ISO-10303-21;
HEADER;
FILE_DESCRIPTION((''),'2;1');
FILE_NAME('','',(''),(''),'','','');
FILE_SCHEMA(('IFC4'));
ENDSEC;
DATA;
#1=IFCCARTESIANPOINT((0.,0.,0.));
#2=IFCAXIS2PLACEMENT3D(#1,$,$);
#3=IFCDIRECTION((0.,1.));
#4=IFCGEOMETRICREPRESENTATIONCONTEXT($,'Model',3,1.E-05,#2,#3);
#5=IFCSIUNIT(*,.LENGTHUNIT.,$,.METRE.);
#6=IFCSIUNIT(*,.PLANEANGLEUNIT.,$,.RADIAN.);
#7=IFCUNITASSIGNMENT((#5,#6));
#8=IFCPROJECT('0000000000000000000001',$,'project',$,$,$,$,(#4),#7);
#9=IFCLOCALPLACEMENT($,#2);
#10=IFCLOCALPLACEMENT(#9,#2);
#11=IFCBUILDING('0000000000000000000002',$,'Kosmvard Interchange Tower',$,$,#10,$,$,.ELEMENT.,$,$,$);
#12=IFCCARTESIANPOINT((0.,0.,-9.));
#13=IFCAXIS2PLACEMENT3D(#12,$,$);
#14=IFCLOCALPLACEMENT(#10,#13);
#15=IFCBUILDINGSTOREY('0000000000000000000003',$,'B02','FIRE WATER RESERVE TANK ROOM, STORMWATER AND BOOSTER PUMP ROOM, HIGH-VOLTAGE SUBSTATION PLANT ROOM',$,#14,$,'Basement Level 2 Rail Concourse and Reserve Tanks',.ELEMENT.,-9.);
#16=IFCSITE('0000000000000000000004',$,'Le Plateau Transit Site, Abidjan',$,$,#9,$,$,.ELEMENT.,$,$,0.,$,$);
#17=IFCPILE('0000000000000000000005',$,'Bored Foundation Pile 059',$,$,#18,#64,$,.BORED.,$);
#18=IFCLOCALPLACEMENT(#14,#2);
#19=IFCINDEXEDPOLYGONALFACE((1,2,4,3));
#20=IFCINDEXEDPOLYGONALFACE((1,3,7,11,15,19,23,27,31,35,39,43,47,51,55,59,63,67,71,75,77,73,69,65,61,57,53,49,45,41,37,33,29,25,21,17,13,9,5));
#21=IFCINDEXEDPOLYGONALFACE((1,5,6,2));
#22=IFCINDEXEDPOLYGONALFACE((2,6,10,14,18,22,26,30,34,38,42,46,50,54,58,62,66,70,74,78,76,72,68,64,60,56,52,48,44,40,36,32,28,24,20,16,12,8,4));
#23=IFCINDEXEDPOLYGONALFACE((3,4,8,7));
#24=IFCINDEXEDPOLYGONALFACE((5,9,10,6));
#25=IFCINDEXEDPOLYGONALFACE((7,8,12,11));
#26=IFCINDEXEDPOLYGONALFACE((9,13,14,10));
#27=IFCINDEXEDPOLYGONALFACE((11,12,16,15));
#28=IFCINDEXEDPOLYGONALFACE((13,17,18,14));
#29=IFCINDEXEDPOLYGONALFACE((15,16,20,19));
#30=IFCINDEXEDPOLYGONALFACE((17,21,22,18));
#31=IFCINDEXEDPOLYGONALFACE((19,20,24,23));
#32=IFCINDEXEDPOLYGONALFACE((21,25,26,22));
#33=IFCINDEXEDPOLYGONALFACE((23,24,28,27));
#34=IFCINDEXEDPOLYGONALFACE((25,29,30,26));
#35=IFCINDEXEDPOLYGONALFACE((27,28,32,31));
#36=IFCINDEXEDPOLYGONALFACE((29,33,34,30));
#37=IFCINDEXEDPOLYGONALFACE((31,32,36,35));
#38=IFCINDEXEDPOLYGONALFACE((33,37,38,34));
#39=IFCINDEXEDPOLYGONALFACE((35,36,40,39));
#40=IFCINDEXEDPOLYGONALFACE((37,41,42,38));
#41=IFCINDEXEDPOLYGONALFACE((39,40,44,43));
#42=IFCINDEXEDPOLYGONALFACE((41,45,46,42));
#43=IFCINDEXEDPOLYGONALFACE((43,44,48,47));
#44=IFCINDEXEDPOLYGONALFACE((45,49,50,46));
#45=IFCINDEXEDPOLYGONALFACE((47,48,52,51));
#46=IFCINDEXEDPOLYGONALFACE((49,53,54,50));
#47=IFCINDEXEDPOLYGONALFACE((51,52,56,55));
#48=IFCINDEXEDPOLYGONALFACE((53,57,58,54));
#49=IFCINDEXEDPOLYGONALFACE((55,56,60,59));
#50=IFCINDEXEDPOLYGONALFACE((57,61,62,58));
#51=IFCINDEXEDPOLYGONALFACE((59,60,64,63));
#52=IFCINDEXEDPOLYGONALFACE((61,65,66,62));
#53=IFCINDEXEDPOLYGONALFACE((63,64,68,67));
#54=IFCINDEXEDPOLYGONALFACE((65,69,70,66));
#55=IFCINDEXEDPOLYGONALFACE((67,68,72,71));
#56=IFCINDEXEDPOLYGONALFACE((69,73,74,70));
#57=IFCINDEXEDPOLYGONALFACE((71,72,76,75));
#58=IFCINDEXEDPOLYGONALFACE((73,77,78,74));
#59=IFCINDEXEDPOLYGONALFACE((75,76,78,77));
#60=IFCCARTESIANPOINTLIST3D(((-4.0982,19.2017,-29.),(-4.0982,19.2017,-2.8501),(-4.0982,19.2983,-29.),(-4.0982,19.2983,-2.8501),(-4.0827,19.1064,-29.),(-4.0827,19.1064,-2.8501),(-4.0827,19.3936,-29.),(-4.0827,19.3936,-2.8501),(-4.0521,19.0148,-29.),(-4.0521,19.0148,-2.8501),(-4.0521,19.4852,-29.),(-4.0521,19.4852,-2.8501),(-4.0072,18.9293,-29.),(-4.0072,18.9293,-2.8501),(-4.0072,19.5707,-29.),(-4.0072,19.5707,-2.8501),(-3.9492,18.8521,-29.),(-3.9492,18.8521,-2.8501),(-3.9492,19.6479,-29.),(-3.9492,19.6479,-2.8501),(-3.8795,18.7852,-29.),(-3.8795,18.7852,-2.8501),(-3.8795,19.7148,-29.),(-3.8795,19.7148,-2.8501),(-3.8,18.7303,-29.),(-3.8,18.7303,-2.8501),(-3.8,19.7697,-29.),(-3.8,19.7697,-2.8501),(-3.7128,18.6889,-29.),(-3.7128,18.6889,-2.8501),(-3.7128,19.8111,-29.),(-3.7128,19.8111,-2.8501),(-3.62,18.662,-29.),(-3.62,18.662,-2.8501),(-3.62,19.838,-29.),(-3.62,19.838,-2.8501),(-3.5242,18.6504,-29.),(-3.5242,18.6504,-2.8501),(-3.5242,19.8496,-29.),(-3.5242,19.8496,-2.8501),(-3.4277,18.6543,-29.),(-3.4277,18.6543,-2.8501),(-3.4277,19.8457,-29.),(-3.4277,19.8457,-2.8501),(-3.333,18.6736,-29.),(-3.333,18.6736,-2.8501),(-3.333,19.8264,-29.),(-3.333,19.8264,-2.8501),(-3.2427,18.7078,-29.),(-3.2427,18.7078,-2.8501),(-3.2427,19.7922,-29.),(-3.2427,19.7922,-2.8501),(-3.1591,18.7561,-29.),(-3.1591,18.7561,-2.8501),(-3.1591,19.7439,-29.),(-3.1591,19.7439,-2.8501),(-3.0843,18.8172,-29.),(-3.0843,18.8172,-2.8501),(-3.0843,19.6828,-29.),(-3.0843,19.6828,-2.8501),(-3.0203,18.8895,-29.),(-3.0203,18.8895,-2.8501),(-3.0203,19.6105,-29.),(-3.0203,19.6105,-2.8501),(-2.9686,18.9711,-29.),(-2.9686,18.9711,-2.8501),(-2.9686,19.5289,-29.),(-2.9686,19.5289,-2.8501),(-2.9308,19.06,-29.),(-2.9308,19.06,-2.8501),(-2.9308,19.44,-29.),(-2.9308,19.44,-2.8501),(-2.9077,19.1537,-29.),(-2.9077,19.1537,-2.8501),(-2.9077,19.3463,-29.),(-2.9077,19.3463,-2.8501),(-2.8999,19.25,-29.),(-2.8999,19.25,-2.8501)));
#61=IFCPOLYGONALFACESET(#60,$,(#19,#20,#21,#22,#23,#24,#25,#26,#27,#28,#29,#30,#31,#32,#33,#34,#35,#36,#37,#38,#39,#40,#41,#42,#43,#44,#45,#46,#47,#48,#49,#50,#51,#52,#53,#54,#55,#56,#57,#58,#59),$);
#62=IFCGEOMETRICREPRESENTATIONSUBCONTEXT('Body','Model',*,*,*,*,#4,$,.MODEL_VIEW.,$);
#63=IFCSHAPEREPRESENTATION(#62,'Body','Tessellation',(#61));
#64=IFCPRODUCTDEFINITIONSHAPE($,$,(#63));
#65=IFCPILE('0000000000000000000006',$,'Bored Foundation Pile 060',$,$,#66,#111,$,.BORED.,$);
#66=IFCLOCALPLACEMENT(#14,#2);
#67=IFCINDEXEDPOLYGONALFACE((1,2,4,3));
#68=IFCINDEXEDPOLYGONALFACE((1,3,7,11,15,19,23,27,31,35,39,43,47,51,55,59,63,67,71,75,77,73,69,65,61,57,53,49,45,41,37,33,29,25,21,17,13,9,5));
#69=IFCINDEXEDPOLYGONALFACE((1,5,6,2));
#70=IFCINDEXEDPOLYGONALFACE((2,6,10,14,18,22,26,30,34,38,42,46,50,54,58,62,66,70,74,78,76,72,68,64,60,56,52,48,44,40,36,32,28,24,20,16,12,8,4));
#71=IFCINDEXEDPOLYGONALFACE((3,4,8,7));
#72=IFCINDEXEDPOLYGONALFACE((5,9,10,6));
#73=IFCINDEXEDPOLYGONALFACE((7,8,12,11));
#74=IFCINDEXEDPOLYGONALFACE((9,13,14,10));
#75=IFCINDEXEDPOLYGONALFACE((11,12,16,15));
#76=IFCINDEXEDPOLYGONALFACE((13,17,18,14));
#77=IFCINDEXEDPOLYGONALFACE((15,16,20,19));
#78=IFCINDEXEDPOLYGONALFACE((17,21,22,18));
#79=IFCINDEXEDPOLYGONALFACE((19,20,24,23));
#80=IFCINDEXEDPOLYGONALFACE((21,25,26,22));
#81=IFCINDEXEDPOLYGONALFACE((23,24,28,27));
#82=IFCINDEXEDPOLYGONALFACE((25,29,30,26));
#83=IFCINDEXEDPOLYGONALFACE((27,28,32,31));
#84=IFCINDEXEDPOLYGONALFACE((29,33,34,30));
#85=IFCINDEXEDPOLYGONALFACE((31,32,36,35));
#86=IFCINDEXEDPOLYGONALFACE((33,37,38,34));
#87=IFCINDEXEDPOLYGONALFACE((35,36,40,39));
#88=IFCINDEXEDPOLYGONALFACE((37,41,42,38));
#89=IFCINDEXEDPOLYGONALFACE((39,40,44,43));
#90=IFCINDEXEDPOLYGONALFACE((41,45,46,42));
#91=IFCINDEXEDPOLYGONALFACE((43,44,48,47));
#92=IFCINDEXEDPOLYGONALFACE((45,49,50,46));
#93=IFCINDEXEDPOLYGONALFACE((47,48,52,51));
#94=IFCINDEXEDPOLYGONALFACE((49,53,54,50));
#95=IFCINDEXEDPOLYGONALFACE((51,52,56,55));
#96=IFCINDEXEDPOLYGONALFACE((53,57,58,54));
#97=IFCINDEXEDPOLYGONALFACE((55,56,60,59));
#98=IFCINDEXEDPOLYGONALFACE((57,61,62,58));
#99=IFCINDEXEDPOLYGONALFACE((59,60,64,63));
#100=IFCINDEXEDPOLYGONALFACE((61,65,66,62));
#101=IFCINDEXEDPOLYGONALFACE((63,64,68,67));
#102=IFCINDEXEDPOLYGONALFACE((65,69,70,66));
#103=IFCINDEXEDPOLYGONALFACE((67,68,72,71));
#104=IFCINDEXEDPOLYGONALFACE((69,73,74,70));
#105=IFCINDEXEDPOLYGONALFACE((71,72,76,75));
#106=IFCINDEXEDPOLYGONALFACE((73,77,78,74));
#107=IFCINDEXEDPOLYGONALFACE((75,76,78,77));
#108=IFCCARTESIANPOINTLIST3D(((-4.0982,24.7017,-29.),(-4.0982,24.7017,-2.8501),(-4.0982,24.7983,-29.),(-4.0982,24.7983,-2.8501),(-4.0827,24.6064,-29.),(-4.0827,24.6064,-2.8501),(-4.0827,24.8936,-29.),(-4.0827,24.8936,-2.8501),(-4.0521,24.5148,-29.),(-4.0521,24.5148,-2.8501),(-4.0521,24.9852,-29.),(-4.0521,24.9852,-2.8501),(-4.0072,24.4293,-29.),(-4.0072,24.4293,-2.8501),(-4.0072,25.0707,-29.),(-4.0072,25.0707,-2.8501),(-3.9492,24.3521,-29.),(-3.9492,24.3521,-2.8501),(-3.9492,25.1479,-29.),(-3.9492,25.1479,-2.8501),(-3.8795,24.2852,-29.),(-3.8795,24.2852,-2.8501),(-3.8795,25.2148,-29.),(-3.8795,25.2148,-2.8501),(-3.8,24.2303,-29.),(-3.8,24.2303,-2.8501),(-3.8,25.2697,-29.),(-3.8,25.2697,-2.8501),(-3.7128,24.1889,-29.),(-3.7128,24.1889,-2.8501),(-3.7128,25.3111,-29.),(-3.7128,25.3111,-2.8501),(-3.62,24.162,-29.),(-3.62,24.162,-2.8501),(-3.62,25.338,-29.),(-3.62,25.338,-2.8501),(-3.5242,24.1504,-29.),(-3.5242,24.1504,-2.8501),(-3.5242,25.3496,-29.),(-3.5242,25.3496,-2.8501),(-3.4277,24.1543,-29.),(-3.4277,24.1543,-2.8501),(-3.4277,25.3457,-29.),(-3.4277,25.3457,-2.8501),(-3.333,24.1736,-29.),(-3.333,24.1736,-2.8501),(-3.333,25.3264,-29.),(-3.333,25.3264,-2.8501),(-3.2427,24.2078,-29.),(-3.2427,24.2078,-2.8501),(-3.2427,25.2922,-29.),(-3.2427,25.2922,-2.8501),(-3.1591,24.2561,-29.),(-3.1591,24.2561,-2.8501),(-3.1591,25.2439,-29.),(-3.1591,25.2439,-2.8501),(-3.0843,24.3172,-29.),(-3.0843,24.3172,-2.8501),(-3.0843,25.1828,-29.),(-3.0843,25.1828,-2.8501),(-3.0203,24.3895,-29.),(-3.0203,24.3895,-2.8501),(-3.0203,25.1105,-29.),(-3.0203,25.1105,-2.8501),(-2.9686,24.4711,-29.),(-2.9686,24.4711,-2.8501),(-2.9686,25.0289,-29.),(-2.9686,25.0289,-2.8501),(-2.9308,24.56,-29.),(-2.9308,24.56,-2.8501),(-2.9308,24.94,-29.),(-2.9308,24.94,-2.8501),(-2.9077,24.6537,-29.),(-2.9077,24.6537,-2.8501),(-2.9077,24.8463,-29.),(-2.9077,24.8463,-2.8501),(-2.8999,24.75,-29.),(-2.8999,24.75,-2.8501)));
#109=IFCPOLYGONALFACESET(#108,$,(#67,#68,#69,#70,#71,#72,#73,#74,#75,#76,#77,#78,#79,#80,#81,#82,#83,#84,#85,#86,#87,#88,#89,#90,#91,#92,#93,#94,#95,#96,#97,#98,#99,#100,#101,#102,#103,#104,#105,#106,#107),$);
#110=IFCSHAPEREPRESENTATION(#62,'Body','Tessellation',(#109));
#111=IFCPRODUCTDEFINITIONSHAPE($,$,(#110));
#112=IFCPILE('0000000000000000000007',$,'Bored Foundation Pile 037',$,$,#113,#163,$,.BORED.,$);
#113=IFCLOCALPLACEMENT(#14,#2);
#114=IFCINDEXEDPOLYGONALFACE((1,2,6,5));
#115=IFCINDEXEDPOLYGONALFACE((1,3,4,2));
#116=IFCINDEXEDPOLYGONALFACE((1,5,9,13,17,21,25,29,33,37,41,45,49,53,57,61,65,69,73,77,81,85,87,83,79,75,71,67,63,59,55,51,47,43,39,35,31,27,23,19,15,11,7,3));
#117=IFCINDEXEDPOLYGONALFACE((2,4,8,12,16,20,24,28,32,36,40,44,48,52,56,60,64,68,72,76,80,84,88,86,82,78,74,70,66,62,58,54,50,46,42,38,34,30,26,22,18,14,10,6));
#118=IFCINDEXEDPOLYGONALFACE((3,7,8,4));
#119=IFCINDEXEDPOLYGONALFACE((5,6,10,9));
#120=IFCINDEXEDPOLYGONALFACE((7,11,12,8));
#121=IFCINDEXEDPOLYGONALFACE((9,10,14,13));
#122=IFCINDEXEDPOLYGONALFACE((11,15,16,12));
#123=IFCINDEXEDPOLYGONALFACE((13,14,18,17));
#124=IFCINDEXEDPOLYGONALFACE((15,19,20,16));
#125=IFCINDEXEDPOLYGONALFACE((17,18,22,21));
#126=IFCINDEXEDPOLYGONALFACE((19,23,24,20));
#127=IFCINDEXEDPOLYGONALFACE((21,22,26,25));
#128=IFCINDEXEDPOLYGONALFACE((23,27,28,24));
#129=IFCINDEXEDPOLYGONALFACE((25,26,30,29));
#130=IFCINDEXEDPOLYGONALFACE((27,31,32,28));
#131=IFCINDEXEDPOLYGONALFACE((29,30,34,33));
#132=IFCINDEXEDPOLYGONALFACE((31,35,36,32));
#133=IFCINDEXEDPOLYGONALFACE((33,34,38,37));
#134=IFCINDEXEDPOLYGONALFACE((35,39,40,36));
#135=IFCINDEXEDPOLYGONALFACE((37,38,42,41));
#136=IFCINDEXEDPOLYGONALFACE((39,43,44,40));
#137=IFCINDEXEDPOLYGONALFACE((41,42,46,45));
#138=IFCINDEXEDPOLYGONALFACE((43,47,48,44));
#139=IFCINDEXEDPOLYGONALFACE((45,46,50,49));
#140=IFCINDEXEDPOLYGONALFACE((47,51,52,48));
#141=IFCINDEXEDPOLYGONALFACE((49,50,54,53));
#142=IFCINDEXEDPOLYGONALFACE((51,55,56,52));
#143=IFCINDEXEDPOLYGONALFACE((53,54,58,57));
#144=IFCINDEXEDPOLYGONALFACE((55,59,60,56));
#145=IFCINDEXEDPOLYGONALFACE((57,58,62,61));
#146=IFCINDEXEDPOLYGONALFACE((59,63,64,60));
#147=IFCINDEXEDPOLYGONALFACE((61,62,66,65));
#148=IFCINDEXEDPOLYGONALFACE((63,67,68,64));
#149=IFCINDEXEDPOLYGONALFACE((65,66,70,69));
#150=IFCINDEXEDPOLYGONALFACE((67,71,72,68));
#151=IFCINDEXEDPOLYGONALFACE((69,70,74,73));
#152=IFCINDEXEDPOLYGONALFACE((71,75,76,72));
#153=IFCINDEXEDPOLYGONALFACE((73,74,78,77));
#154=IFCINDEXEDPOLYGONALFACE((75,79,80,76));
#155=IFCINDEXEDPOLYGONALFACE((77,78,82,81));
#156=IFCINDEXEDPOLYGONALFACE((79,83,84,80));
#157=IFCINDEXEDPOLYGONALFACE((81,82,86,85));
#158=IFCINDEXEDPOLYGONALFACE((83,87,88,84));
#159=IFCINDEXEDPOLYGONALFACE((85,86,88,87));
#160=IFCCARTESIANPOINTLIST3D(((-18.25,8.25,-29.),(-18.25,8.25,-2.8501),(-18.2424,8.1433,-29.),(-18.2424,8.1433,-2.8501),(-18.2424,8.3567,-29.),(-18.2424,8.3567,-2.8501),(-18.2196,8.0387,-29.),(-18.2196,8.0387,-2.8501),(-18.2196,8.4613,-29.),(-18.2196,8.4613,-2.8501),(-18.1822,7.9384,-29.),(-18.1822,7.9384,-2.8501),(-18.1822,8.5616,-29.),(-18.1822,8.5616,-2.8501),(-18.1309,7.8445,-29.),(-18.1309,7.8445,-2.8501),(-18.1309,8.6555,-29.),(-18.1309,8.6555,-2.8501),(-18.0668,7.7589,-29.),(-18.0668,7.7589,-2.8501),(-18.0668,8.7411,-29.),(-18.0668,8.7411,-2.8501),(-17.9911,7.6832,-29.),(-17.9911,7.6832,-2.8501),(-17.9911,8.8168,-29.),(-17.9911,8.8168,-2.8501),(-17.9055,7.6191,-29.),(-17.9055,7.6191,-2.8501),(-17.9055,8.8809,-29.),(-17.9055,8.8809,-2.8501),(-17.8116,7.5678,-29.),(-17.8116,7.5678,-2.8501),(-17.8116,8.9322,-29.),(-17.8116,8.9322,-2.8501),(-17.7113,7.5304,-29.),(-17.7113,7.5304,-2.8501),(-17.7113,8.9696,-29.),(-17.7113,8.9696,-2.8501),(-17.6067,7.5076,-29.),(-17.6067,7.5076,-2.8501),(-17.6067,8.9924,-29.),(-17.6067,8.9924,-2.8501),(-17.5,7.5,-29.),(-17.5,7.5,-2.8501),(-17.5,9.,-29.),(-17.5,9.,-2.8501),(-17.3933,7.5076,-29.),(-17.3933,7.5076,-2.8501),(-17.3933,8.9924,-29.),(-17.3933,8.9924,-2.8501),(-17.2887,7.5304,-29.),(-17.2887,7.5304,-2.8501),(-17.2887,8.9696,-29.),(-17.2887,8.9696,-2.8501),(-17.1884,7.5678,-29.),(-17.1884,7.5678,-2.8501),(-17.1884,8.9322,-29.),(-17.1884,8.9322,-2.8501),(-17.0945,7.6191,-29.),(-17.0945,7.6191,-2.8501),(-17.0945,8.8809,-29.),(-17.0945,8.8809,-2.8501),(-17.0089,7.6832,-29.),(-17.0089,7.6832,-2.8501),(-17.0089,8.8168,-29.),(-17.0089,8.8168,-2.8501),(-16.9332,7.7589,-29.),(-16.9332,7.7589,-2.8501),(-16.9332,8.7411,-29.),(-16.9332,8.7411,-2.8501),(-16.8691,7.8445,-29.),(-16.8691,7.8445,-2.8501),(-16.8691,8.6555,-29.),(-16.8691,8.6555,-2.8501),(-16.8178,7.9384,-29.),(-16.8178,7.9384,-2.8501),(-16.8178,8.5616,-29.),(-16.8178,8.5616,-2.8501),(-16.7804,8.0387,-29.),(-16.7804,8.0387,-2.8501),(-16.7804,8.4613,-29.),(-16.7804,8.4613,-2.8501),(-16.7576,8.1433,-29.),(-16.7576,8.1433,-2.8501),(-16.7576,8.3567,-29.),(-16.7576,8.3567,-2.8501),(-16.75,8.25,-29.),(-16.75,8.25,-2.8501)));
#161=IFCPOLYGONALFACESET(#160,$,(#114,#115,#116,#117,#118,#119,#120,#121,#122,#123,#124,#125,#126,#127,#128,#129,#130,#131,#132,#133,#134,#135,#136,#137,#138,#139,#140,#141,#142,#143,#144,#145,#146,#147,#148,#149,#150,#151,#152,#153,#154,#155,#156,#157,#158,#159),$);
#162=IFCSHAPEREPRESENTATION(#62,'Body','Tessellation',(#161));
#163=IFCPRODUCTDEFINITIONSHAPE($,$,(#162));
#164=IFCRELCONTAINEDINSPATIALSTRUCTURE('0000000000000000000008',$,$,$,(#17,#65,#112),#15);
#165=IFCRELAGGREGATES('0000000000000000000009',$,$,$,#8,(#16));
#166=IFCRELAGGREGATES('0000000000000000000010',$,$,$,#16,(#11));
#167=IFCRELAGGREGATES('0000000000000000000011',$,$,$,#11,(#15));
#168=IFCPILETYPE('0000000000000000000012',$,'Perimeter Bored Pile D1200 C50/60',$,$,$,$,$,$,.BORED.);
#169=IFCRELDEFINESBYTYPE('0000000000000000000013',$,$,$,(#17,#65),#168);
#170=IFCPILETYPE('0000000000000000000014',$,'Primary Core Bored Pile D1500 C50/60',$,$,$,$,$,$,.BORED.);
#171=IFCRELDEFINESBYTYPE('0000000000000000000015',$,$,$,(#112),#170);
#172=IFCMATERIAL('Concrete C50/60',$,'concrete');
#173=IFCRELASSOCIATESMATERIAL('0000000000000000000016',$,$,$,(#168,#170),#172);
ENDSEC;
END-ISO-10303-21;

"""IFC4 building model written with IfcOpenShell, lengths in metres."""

from ifc_helpers import new_model, si_unit, direction, frame, origin, origin_2d, place, context, subcontext, project, spatial, circle, extrude, source, transform, mapped, material, material_profile, profile_set, type_object, element, save


model = new_model("IFC4")

# Units and contexts
model_context = context("Model", 3, precision=1e-05, world=origin(), true_north=direction((0.0, 1.0)))
body_context = subcontext(model_context, "Body", "Model", "MODEL_VIEW")
ifc_project = project(units=[si_unit("LENGTHUNIT", "METRE"), si_unit("PLANEANGLEUNIT", "RADIAN")], contexts=[model_context])

# Site, building, storey
site_placement = place(None, origin())
site = spatial("IfcSite", under=ifc_project, at=site_placement, Name="Le Plateau Transit Site, Abidjan", CompositionType="ELEMENT", RefElevation=0.0)
building_placement = place(site_placement, origin())
building = spatial("IfcBuilding", under=site, at=building_placement, Name="Kosmvard Interchange Tower", CompositionType="ELEMENT")
storey_placement = place(building_placement, frame((0.0, 0.0, -9.0)))
storey = spatial("IfcBuildingStorey", under=building, at=storey_placement, Name="B02", Description="FIRE WATER RESERVE TANK ROOM, STORMWATER AND BOOSTER PUMP ROOM, HIGH-VOLTAGE SUBSTATION PLANT ROOM", LongName="Basement Level 2 Rail Concourse and Reserve Tanks", CompositionType="ELEMENT", Elevation=-9.0)

# Piles
ifc_material_1 = material(Name="Concrete C50/60", Category="concrete")
ifc_material_profile_1 = material_profile(ifc_material_1, circle(Radius=0.6001, at=origin_2d()), Name="PILE D1200")
ifc_profile_set_1 = profile_set([ifc_material_profile_1], Name="Concrete C50/60")
pile_type_1 = type_object("IfcPileType", Name="Perimeter Bored Pile D1200 C50/60", PredefinedType="BORED", material=ifc_profile_set_1)
shared_shape_1 = source(origin(), body_context, "Body", "SweptSolid", [
    extrude(circle(Radius=0.6001, at=origin_2d()), origin(), (0.0, 0.0, 1.0), 26.1499),
])
for number, where, z_axis, x_axis, name in (
    (1, (-3.5, 19.25, -2.8501), (0.0, 0.0, -1.0), (1.0, 0.0, 0.0), "Bored Foundation Pile 059"),
    (2, (-3.5, 24.75, -2.8501), (0.0, 0.0, -1.0), (1.0, 0.0, 0.0), "Bored Foundation Pile 060"),
):
    element("IfcPile", number, at=place(storey_placement, frame(where, z_axis=z_axis, x_axis=x_axis)), inside=storey, type_object=pile_type_1, Name=name, PredefinedType="BORED", context=body_context, shape_type="MappedRepresentation", body=[
        mapped(shared_shape_1, transform((0.0, 0.0, 0.0), scale=1.0)),
    ])
ifc_material_profile_2 = material_profile(ifc_material_1, circle(Radius=0.75, at=origin_2d()), Name="PILE D1500")
ifc_profile_set_2 = profile_set([ifc_material_profile_2], Name="Concrete C50/60")
pile_type_2 = type_object("IfcPileType", Name="Primary Core Bored Pile D1500 C50/60", PredefinedType="BORED", material=ifc_profile_set_2)
shared_shape_2 = source(origin(), body_context, "Body", "SweptSolid", [
    extrude(circle(Radius=0.75, at=origin_2d()), origin(), (0.0, 0.0, 1.0), 26.1499),
])
for number, where, z_axis, x_axis, name in (
    (3, (-17.5, 8.25, -2.8501), (0.0, 0.0, -1.0), (1.0, 0.0, 0.0), "Bored Foundation Pile 037"),
):
    element("IfcPile", number, at=place(storey_placement, frame(where, z_axis=z_axis, x_axis=x_axis)), inside=storey, type_object=pile_type_2, Name=name, PredefinedType="BORED", context=body_context, shape_type="MappedRepresentation", body=[
        mapped(shared_shape_2, transform((0.0, 0.0, 0.0), scale=1.0)),
    ])

save(model, "model.ifc")
